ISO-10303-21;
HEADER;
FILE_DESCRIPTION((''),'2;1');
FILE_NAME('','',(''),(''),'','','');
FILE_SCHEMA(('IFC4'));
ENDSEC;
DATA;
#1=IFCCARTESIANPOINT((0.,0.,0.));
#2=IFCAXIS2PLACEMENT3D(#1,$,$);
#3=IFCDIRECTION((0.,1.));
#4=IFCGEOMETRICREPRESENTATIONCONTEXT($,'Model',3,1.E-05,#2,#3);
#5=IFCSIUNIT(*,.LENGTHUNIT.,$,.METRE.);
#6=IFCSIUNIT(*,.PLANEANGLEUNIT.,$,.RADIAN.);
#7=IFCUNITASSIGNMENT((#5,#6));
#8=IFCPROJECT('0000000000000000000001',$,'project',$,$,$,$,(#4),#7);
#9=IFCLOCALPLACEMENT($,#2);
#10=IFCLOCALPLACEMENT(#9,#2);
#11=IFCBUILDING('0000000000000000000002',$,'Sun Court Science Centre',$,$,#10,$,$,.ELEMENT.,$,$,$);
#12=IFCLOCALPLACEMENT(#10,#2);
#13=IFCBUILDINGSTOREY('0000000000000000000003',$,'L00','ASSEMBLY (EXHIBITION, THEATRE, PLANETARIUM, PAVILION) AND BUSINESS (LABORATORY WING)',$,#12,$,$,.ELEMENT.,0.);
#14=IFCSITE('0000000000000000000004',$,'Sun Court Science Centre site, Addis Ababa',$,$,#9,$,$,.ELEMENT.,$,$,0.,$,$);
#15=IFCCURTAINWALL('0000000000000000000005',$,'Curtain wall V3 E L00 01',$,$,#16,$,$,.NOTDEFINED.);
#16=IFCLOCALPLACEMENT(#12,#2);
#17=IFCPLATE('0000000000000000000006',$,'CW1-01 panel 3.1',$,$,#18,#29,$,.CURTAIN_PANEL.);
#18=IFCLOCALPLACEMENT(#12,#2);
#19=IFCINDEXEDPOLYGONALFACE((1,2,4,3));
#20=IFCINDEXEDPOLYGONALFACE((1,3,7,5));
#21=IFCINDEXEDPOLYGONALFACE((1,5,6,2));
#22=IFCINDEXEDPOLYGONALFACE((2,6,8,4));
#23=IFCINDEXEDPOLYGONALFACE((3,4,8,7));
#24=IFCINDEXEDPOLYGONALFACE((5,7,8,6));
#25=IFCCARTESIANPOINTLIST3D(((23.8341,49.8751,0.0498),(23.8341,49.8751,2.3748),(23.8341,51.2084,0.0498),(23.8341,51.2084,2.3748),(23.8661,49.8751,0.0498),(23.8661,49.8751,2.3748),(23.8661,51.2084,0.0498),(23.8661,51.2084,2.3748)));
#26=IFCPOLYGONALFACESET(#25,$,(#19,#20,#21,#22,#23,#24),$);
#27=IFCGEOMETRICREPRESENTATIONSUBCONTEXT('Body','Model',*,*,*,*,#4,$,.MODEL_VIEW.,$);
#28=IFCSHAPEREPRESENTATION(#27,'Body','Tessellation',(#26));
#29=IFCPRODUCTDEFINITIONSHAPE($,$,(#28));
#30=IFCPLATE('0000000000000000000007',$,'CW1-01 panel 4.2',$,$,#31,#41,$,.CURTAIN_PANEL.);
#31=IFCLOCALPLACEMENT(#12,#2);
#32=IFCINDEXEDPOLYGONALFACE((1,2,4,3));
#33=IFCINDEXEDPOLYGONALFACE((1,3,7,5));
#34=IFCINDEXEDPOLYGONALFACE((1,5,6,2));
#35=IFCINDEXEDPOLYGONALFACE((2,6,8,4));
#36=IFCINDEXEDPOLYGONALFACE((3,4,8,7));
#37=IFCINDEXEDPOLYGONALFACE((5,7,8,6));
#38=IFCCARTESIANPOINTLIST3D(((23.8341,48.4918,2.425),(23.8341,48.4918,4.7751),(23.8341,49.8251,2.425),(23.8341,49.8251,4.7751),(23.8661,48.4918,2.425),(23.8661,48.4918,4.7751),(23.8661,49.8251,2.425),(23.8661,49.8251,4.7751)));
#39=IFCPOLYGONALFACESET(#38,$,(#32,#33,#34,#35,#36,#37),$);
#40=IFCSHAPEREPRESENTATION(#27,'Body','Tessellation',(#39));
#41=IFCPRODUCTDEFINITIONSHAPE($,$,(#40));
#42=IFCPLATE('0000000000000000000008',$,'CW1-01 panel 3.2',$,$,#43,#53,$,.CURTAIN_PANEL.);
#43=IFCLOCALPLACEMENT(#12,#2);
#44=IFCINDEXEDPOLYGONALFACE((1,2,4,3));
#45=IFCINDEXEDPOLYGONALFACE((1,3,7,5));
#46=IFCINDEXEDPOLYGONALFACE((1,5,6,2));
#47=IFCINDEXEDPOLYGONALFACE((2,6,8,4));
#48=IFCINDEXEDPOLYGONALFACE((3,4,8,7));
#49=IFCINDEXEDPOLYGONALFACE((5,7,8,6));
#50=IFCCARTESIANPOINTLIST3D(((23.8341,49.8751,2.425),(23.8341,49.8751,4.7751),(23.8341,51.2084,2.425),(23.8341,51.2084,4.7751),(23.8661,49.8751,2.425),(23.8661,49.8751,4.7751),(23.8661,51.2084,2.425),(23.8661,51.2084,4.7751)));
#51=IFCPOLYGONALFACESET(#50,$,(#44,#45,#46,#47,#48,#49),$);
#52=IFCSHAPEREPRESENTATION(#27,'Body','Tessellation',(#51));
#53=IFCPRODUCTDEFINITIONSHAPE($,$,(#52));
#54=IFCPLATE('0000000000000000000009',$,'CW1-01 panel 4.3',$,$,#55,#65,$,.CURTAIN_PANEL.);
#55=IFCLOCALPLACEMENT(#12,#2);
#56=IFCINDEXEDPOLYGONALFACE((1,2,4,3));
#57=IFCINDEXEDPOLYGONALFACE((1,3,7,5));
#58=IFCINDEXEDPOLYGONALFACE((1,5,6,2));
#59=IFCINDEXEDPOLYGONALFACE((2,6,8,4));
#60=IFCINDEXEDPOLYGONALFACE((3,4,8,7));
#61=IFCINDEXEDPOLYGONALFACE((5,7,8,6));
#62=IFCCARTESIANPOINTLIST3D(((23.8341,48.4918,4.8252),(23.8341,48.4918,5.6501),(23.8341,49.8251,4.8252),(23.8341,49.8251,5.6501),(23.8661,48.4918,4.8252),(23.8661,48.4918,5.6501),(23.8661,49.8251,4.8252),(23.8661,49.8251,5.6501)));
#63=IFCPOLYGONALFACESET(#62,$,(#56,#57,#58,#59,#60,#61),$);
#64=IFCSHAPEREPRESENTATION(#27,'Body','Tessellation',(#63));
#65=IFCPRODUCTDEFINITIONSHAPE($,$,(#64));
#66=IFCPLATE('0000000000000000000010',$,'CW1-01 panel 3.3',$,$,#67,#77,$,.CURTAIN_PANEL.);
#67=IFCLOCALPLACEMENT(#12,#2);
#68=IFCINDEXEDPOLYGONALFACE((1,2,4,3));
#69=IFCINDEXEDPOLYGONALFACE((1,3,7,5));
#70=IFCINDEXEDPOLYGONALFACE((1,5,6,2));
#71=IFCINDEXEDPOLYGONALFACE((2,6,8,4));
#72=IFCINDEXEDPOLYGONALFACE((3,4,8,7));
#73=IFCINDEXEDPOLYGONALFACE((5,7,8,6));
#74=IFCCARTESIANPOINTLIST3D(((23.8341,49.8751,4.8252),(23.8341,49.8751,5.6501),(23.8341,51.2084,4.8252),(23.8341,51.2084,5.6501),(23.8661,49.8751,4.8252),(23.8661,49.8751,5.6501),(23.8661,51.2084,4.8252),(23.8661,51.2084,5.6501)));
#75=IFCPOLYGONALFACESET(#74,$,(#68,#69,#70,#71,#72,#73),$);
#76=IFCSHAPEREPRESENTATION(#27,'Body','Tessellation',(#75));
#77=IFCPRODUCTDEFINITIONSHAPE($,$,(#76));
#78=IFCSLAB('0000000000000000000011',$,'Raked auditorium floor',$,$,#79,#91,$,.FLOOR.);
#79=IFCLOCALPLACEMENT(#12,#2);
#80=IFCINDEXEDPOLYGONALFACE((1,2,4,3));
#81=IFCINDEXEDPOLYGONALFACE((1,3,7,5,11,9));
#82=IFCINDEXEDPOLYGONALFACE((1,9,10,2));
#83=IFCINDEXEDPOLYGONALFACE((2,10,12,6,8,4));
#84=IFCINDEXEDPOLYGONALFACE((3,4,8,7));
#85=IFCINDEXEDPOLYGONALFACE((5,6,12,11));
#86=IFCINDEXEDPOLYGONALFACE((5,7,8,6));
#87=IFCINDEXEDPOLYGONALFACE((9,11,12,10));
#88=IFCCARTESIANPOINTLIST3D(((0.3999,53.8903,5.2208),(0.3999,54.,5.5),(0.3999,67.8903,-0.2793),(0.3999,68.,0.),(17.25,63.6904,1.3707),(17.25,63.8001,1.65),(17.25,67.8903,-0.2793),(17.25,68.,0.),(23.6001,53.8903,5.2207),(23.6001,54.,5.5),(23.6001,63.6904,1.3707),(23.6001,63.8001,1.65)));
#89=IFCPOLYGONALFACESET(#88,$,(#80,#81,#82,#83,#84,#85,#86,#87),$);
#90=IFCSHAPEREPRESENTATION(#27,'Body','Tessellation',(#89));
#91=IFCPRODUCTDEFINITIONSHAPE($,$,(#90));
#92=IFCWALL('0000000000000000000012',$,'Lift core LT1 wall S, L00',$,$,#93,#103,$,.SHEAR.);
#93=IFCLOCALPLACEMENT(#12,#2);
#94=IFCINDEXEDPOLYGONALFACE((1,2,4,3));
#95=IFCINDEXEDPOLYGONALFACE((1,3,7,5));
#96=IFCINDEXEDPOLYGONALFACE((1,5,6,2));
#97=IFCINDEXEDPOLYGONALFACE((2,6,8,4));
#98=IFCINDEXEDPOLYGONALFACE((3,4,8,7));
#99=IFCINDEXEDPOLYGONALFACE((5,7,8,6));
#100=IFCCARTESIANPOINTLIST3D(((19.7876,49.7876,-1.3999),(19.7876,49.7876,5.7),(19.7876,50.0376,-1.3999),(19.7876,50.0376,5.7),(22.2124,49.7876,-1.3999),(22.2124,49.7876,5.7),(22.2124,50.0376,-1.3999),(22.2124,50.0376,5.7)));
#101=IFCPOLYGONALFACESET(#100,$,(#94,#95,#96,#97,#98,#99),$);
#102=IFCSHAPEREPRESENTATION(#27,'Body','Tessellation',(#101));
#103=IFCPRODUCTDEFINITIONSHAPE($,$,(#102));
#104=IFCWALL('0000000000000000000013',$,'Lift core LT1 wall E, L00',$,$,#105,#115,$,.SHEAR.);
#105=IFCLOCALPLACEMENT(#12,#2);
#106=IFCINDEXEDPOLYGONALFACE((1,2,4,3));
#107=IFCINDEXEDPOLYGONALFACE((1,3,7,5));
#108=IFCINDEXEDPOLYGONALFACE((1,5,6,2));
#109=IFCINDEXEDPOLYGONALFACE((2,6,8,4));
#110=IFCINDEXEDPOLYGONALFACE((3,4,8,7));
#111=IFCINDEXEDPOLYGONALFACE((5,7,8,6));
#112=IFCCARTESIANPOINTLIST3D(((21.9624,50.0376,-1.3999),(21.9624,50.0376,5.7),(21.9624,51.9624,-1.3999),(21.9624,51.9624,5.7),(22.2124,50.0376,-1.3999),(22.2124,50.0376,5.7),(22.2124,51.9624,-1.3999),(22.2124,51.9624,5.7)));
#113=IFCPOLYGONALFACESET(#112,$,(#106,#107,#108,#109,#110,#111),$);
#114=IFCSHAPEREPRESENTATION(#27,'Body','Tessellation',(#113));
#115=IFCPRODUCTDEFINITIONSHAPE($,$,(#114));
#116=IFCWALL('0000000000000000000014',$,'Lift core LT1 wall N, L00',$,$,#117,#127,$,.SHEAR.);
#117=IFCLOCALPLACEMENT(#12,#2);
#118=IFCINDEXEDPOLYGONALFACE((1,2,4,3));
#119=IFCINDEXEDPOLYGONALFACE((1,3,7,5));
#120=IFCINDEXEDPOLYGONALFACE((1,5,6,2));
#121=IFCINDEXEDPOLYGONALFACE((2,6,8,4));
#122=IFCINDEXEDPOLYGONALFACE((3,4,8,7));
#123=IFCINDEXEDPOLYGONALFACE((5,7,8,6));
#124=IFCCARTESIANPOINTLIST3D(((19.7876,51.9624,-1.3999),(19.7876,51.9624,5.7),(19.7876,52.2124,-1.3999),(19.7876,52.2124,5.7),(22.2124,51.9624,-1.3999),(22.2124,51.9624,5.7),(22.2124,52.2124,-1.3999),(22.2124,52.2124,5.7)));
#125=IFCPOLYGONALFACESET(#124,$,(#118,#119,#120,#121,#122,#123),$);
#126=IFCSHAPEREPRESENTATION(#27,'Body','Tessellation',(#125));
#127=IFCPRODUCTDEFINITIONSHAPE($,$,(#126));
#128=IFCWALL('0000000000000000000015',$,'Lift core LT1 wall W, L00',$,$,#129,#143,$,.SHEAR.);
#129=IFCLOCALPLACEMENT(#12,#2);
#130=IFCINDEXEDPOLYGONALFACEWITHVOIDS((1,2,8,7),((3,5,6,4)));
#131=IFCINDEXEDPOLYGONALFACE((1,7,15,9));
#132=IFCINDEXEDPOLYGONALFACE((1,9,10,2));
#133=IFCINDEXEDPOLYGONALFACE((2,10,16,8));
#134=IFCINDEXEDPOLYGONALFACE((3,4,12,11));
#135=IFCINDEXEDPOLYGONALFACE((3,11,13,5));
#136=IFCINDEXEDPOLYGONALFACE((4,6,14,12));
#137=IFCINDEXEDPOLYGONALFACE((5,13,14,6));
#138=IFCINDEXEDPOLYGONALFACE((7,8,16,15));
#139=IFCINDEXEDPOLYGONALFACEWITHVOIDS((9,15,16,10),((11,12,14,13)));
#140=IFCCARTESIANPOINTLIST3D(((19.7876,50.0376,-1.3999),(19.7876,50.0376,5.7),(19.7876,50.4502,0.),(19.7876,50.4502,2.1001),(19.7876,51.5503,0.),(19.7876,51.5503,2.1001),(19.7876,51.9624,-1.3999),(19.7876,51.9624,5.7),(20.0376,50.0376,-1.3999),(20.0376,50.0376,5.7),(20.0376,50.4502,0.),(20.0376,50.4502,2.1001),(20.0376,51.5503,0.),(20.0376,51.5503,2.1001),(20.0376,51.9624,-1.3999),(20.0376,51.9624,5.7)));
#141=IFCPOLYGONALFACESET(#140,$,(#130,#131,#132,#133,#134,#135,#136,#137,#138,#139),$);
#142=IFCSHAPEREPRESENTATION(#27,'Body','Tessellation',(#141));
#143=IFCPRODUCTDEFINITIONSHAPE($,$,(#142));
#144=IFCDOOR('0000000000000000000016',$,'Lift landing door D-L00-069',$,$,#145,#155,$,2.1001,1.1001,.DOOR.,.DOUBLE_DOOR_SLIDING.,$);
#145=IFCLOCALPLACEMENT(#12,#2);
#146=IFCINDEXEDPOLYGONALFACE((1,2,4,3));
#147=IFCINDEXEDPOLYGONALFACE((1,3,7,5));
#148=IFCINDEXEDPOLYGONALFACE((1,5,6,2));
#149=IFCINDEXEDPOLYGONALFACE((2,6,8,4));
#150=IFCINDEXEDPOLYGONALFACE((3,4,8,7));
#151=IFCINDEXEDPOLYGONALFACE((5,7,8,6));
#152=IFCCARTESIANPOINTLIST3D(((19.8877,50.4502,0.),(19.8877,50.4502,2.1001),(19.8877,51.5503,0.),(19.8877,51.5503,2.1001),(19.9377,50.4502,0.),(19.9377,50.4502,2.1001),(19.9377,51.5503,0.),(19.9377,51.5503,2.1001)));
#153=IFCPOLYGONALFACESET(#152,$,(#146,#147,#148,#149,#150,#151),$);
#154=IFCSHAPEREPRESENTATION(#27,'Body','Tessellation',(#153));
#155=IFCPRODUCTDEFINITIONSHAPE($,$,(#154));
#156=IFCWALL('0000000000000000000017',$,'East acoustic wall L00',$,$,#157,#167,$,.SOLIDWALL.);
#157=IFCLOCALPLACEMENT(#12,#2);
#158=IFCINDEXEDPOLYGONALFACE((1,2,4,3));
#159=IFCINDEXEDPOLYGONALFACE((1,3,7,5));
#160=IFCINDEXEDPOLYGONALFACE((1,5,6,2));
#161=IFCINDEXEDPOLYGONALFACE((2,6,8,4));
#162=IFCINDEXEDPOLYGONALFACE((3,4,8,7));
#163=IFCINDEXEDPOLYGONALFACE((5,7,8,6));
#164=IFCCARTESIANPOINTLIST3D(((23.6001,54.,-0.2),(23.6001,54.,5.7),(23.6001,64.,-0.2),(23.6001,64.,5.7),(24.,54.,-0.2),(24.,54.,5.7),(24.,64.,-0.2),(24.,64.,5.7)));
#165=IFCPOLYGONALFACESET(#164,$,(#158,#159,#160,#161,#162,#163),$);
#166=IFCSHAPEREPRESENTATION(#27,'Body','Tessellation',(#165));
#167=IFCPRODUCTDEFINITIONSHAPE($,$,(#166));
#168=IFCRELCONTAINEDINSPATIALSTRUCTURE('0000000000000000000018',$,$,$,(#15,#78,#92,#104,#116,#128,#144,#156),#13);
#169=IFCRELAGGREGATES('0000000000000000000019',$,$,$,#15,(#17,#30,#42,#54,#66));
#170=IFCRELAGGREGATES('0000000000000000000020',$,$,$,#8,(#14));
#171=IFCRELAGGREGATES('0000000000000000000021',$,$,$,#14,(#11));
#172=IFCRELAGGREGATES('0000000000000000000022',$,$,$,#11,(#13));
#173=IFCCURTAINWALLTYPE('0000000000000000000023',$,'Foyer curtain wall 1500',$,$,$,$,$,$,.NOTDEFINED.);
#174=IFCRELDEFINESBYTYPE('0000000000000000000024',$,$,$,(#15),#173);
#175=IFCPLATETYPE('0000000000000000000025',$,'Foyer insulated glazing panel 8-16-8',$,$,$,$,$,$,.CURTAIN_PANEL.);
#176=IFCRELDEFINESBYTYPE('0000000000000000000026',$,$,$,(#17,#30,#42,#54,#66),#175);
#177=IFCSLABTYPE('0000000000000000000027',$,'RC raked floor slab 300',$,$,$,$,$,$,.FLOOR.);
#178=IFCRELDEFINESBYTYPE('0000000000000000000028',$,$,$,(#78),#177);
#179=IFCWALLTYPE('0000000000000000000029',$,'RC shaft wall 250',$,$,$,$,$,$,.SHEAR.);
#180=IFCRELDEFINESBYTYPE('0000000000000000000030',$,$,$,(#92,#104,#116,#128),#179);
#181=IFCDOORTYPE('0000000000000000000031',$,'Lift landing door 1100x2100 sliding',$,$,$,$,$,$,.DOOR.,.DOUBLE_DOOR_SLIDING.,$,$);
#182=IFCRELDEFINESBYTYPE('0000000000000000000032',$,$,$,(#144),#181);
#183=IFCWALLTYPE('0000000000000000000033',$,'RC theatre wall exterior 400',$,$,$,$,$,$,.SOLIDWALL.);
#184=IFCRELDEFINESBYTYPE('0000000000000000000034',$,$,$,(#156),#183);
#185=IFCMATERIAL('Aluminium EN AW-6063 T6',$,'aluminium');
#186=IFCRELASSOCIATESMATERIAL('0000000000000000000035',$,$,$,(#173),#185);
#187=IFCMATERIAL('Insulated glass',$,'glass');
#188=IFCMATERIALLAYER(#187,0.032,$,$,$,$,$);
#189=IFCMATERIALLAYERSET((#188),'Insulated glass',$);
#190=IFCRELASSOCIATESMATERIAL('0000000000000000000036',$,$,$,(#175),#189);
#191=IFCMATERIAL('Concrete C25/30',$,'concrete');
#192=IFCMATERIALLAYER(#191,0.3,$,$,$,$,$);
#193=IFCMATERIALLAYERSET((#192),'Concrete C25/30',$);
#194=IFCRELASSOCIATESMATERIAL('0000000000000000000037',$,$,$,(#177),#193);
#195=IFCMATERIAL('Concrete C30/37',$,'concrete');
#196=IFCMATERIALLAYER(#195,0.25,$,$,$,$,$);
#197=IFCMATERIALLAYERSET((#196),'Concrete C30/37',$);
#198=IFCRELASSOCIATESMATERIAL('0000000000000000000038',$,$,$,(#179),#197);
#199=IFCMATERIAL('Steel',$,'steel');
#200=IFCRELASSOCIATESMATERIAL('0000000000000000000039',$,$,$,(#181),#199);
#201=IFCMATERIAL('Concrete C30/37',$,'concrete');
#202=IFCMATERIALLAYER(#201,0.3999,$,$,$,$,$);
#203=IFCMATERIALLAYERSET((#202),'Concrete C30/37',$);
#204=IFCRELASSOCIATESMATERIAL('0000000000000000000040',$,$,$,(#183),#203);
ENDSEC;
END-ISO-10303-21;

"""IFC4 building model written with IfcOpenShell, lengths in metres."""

from ifc_helpers import new_model, si_unit, direction, frame, frame_2d, origin, origin_2d, place, context, subcontext, project, spatial, polyline, rectangle, outline, extrude, material, layer, layer_set, type_object, element, fill, aggregate, save


model = new_model("IFC4")

# Units and contexts
model_context = context("Model", 3, precision=1e-05, world=origin(), true_north=direction((0.0, 1.0)))
body_context = subcontext(model_context, "Body", "Model", "MODEL_VIEW")
ifc_project = project(units=[si_unit("LENGTHUNIT", "METRE"), si_unit("PLANEANGLEUNIT", "RADIAN")], contexts=[model_context])

# Site, building, storey
site_placement = place(None, origin())
site = spatial("IfcSite", under=ifc_project, at=site_placement, Name="Sun Court Science Centre site, Addis Ababa", CompositionType="ELEMENT", RefElevation=0.0)
building_placement = place(site_placement, origin())
building = spatial("IfcBuilding", under=site, at=building_placement, Name="Sun Court Science Centre", CompositionType="ELEMENT")
storey_placement = place(building_placement, origin())
storey = spatial("IfcBuildingStorey", under=building, at=storey_placement, Name="L00", Description="ASSEMBLY (EXHIBITION, THEATRE, PLANETARIUM, PAVILION) AND BUSINESS (LABORATORY WING)", CompositionType="ELEMENT", Elevation=0.0)

# Curtain wall
ifc_material_1 = material(Name="Aluminium EN AW-6063 T6", Category="aluminium")
curtain_wall_type = type_object("IfcCurtainWallType", Name="Foyer curtain wall 1500", PredefinedType="NOTDEFINED", material=ifc_material_1)
curtain_wall_placement = place(storey_placement, origin())
curtain_wall = element("IfcCurtainWall", 1, at=curtain_wall_placement, inside=storey, type_object=curtain_wall_type, Name="Curtain wall V3 E L00 01", PredefinedType="NOTDEFINED")

# Plates
ifc_material_2 = material(Name="Insulated glass", Category="glass")
ifc_layer_1 = layer(ifc_material_2, 0.032)
ifc_layer_set_1 = layer_set([ifc_layer_1], Name="Insulated glass")
plate_type = type_object("IfcPlateType", Name="Foyer insulated glazing panel 8-16-8", PredefinedType="CURTAIN_PANEL", material=ifc_layer_set_1)
plate_1_placement = place(storey_placement, frame((23.8501, 50.5417, 0.0498), z_axis=(0.0, 0.0, 1.0), x_axis=(0.0, -1.0, 0.0)))
plate_1 = element("IfcPlate", 2, at=plate_1_placement, type_object=plate_type, Name="CW1-01 panel 3.1", PredefinedType="CURTAIN_PANEL", context=body_context, shape_type="SweptSolid", body=[
    extrude(rectangle(XDim=1.3333, YDim=0.032, at=origin_2d()), origin(), (0.0, 0.0, 1.0), 2.325),
])
plate_2_placement = place(storey_placement, frame((23.8501, 49.1584, 2.425), z_axis=(0.0, 0.0, 1.0), x_axis=(0.0, -1.0, 0.0)))
plate_2 = element("IfcPlate", 3, at=plate_2_placement, type_object=plate_type, Name="CW1-01 panel 4.2", PredefinedType="CURTAIN_PANEL", context=body_context, shape_type="SweptSolid", body=[
    extrude(rectangle(XDim=1.3333, YDim=0.032, at=origin_2d()), origin(), (0.0, 0.0, 1.0), 2.3501),
])
plate_3_placement = place(storey_placement, frame((23.8501, 50.5417, 2.425), z_axis=(0.0, 0.0, 1.0), x_axis=(0.0, -1.0, 0.0)))
plate_3 = element("IfcPlate", 4, at=plate_3_placement, type_object=plate_type, Name="CW1-01 panel 3.2", PredefinedType="CURTAIN_PANEL", context=body_context, shape_type="SweptSolid", body=[
    extrude(rectangle(XDim=1.3333, YDim=0.032, at=origin_2d()), origin(), (0.0, 0.0, 1.0), 2.3501),
])
plate_4_placement = place(storey_placement, frame((23.8501, 49.1584, 4.8252), z_axis=(0.0, 0.0, 1.0), x_axis=(0.0, -1.0, 0.0)))
plate_4 = element("IfcPlate", 5, at=plate_4_placement, type_object=plate_type, Name="CW1-01 panel 4.3", PredefinedType="CURTAIN_PANEL", context=body_context, shape_type="SweptSolid", body=[
    extrude(rectangle(XDim=1.3333, YDim=0.032, at=origin_2d()), origin(), (0.0, 0.0, 1.0), 0.825),
])
plate_5_placement = place(storey_placement, frame((23.8501, 50.5417, 4.8252), z_axis=(0.0, 0.0, 1.0), x_axis=(0.0, -1.0, 0.0)))
plate_5 = element("IfcPlate", 6, at=plate_5_placement, type_object=plate_type, Name="CW1-01 panel 3.3", PredefinedType="CURTAIN_PANEL", context=body_context, shape_type="SweptSolid", body=[
    extrude(rectangle(XDim=1.3333, YDim=0.032, at=origin_2d()), origin(), (0.0, 0.0, 1.0), 0.825),
])
aggregate(curtain_wall, [plate_1, plate_2, plate_3, plate_4, plate_5])

# Slab
ifc_material_3 = material(Name="Concrete C25/30", Category="concrete")
ifc_layer_2 = layer(ifc_material_3, 0.3)
ifc_layer_set_2 = layer_set([ifc_layer_2], Name="Concrete C25/30")
slab_type = type_object("IfcSlabType", Name="RC raked floor slab 300", PredefinedType="FLOOR", material=ifc_layer_set_2)
slab_placement = place(storey_placement, frame((23.6001, 54.0, 5.5), z_axis=(0.000002, 0.365654, 0.930751), x_axis=(0.0, 0.930751, -0.365654)))
element("IfcSlab", 7, at=slab_placement, inside=storey, type_object=slab_type, Name="Raked auditorium floor", PredefinedType="FLOOR", context=body_context, shape_type="SweptSolid", body=[
    extrude(outline(polyline([(0.0, 0.0), (10.5292, 0.0), (10.5292, 6.3501), (15.0416, 6.3501), (15.0416, 23.2002), (0.0, 23.2002), (0.0, 0.0)])), origin(), (0.0, 0.0, -1.0), 0.3),
])

# Walls
ifc_material_4 = material(Name="Concrete C30/37", Category="concrete")
ifc_layer_3 = layer(ifc_material_4, 0.25)
ifc_layer_set_3 = layer_set([ifc_layer_3], Name="Concrete C30/37")
wall_type_1 = type_object("IfcWallType", Name="RC shaft wall 250", PredefinedType="SHEAR", material=ifc_layer_set_3)
wall_1_placement = place(storey_placement, frame((19.7876, 49.9126, -1.3999), z_axis=(0.0, 0.0, 1.0), x_axis=(1.0, 0.0, 0.0)))
element("IfcWall", 8, at=wall_1_placement, inside=storey, type_object=wall_type_1, Name="Lift core LT1 wall S, L00", PredefinedType="SHEAR", context=body_context, shape_type="SweptSolid", body=[
    extrude(rectangle(XDim=2.4248, YDim=0.25, at=frame_2d((1.2124, 0.0))), origin(), (0.0, 0.0, 1.0), 7.0999),
])
wall_2_placement = place(storey_placement, frame((22.0874, 50.0376, -1.3999), z_axis=(0.0, 0.0, 1.0), x_axis=(0.0, 1.0, 0.0)))
element("IfcWall", 9, at=wall_2_placement, inside=storey, type_object=wall_type_1, Name="Lift core LT1 wall E, L00", PredefinedType="SHEAR", context=body_context, shape_type="SweptSolid", body=[
    extrude(rectangle(XDim=1.9248, YDim=0.25, at=frame_2d((0.9624, 0.0))), origin(), (0.0, 0.0, 1.0), 7.0999),
])
wall_3_placement = place(storey_placement, frame((19.7876, 52.0874, -1.3999), z_axis=(0.0, 0.0, 1.0), x_axis=(1.0, 0.0, 0.0)))
element("IfcWall", 10, at=wall_3_placement, inside=storey, type_object=wall_type_1, Name="Lift core LT1 wall N, L00", PredefinedType="SHEAR", context=body_context, shape_type="SweptSolid", body=[
    extrude(rectangle(XDim=2.4248, YDim=0.25, at=frame_2d((1.2124, 0.0))), origin(), (0.0, 0.0, 1.0), 7.0999),
])

# Wall, opening, door
wall_4_placement = place(storey_placement, frame((19.9126, 50.0376, -1.3999), z_axis=(0.0, 0.0, 1.0), x_axis=(0.0, 1.0, 0.0)))
wall_4 = element("IfcWall", 11, at=wall_4_placement, inside=storey, type_object=wall_type_1, Name="Lift core LT1 wall W, L00", PredefinedType="SHEAR", context=body_context, shape_type="SweptSolid", body=[
    extrude(rectangle(XDim=1.9248, YDim=0.25, at=frame_2d((0.9624, 0.0))), origin(), (0.0, 0.0, 1.0), 7.0999),
])
opening_placement = place(wall_4_placement, frame((0.4126, 0.0, 1.3999)))
opening = element("IfcOpeningElement", 12, at=opening_placement, cuts=wall_4, PredefinedType="OPENING", context=body_context, shape_type="SweptSolid", body=[
    extrude(rectangle(XDim=1.1001, YDim=2.1001, at=frame_2d((0.55, 1.05))), frame((0.0, 0.135, 0.0), z_axis=(0.0, -1.0, 0.0), x_axis=(1.0, 0.0, 0.0)), (0.0, 0.0, 1.0), 0.27),
])
ifc_material_5 = material(Name="Steel", Category="steel")
door_type = type_object("IfcDoorType", Name="Lift landing door 1100x2100 sliding", OperationType="DOUBLE_DOOR_SLIDING", PredefinedType="DOOR", material=ifc_material_5)
door_placement = place(opening_placement, origin())
door = element("IfcDoor", 13, at=door_placement, inside=storey, type_object=door_type, Name="Lift landing door D-L00-069", OperationType="DOUBLE_DOOR_SLIDING", OverallHeight=2.1001, OverallWidth=1.1001, PredefinedType="DOOR", context=body_context, shape_type="SweptSolid", body=[
    extrude(rectangle(XDim=1.1001, YDim=2.1001, at=frame_2d((0.55, 1.05))), frame((0.0, 0.0249, 0.0), z_axis=(0.0, -1.0, 0.0), x_axis=(1.0, 0.0, 0.0)), (0.0, 0.0, 1.0), 0.05),
])
fill(opening, door)

# Wall
ifc_material_6 = material(Name="Concrete C30/37", Category="concrete")
ifc_layer_4 = layer(ifc_material_6, 0.3999)
ifc_layer_set_4 = layer_set([ifc_layer_4], Name="Concrete C30/37")
wall_type_2 = type_object("IfcWallType", Name="RC theatre wall exterior 400", PredefinedType="SOLIDWALL", material=ifc_layer_set_4)
wall_5_placement = place(storey_placement, frame((23.8, 54.0, -0.2), z_axis=(0.0, 0.0, 1.0), x_axis=(0.0, 1.0, 0.0)))
element("IfcWall", 14, at=wall_5_placement, inside=storey, type_object=wall_type_2, Name="East acoustic wall L00", PredefinedType="SOLIDWALL", context=body_context, shape_type="SweptSolid", body=[
    extrude(rectangle(XDim=10.0, YDim=0.3999, at=frame_2d((5.0, 0.0))), origin(), (0.0, 0.0, 1.0), 5.8999),
])

save(model, "model.ifc")
